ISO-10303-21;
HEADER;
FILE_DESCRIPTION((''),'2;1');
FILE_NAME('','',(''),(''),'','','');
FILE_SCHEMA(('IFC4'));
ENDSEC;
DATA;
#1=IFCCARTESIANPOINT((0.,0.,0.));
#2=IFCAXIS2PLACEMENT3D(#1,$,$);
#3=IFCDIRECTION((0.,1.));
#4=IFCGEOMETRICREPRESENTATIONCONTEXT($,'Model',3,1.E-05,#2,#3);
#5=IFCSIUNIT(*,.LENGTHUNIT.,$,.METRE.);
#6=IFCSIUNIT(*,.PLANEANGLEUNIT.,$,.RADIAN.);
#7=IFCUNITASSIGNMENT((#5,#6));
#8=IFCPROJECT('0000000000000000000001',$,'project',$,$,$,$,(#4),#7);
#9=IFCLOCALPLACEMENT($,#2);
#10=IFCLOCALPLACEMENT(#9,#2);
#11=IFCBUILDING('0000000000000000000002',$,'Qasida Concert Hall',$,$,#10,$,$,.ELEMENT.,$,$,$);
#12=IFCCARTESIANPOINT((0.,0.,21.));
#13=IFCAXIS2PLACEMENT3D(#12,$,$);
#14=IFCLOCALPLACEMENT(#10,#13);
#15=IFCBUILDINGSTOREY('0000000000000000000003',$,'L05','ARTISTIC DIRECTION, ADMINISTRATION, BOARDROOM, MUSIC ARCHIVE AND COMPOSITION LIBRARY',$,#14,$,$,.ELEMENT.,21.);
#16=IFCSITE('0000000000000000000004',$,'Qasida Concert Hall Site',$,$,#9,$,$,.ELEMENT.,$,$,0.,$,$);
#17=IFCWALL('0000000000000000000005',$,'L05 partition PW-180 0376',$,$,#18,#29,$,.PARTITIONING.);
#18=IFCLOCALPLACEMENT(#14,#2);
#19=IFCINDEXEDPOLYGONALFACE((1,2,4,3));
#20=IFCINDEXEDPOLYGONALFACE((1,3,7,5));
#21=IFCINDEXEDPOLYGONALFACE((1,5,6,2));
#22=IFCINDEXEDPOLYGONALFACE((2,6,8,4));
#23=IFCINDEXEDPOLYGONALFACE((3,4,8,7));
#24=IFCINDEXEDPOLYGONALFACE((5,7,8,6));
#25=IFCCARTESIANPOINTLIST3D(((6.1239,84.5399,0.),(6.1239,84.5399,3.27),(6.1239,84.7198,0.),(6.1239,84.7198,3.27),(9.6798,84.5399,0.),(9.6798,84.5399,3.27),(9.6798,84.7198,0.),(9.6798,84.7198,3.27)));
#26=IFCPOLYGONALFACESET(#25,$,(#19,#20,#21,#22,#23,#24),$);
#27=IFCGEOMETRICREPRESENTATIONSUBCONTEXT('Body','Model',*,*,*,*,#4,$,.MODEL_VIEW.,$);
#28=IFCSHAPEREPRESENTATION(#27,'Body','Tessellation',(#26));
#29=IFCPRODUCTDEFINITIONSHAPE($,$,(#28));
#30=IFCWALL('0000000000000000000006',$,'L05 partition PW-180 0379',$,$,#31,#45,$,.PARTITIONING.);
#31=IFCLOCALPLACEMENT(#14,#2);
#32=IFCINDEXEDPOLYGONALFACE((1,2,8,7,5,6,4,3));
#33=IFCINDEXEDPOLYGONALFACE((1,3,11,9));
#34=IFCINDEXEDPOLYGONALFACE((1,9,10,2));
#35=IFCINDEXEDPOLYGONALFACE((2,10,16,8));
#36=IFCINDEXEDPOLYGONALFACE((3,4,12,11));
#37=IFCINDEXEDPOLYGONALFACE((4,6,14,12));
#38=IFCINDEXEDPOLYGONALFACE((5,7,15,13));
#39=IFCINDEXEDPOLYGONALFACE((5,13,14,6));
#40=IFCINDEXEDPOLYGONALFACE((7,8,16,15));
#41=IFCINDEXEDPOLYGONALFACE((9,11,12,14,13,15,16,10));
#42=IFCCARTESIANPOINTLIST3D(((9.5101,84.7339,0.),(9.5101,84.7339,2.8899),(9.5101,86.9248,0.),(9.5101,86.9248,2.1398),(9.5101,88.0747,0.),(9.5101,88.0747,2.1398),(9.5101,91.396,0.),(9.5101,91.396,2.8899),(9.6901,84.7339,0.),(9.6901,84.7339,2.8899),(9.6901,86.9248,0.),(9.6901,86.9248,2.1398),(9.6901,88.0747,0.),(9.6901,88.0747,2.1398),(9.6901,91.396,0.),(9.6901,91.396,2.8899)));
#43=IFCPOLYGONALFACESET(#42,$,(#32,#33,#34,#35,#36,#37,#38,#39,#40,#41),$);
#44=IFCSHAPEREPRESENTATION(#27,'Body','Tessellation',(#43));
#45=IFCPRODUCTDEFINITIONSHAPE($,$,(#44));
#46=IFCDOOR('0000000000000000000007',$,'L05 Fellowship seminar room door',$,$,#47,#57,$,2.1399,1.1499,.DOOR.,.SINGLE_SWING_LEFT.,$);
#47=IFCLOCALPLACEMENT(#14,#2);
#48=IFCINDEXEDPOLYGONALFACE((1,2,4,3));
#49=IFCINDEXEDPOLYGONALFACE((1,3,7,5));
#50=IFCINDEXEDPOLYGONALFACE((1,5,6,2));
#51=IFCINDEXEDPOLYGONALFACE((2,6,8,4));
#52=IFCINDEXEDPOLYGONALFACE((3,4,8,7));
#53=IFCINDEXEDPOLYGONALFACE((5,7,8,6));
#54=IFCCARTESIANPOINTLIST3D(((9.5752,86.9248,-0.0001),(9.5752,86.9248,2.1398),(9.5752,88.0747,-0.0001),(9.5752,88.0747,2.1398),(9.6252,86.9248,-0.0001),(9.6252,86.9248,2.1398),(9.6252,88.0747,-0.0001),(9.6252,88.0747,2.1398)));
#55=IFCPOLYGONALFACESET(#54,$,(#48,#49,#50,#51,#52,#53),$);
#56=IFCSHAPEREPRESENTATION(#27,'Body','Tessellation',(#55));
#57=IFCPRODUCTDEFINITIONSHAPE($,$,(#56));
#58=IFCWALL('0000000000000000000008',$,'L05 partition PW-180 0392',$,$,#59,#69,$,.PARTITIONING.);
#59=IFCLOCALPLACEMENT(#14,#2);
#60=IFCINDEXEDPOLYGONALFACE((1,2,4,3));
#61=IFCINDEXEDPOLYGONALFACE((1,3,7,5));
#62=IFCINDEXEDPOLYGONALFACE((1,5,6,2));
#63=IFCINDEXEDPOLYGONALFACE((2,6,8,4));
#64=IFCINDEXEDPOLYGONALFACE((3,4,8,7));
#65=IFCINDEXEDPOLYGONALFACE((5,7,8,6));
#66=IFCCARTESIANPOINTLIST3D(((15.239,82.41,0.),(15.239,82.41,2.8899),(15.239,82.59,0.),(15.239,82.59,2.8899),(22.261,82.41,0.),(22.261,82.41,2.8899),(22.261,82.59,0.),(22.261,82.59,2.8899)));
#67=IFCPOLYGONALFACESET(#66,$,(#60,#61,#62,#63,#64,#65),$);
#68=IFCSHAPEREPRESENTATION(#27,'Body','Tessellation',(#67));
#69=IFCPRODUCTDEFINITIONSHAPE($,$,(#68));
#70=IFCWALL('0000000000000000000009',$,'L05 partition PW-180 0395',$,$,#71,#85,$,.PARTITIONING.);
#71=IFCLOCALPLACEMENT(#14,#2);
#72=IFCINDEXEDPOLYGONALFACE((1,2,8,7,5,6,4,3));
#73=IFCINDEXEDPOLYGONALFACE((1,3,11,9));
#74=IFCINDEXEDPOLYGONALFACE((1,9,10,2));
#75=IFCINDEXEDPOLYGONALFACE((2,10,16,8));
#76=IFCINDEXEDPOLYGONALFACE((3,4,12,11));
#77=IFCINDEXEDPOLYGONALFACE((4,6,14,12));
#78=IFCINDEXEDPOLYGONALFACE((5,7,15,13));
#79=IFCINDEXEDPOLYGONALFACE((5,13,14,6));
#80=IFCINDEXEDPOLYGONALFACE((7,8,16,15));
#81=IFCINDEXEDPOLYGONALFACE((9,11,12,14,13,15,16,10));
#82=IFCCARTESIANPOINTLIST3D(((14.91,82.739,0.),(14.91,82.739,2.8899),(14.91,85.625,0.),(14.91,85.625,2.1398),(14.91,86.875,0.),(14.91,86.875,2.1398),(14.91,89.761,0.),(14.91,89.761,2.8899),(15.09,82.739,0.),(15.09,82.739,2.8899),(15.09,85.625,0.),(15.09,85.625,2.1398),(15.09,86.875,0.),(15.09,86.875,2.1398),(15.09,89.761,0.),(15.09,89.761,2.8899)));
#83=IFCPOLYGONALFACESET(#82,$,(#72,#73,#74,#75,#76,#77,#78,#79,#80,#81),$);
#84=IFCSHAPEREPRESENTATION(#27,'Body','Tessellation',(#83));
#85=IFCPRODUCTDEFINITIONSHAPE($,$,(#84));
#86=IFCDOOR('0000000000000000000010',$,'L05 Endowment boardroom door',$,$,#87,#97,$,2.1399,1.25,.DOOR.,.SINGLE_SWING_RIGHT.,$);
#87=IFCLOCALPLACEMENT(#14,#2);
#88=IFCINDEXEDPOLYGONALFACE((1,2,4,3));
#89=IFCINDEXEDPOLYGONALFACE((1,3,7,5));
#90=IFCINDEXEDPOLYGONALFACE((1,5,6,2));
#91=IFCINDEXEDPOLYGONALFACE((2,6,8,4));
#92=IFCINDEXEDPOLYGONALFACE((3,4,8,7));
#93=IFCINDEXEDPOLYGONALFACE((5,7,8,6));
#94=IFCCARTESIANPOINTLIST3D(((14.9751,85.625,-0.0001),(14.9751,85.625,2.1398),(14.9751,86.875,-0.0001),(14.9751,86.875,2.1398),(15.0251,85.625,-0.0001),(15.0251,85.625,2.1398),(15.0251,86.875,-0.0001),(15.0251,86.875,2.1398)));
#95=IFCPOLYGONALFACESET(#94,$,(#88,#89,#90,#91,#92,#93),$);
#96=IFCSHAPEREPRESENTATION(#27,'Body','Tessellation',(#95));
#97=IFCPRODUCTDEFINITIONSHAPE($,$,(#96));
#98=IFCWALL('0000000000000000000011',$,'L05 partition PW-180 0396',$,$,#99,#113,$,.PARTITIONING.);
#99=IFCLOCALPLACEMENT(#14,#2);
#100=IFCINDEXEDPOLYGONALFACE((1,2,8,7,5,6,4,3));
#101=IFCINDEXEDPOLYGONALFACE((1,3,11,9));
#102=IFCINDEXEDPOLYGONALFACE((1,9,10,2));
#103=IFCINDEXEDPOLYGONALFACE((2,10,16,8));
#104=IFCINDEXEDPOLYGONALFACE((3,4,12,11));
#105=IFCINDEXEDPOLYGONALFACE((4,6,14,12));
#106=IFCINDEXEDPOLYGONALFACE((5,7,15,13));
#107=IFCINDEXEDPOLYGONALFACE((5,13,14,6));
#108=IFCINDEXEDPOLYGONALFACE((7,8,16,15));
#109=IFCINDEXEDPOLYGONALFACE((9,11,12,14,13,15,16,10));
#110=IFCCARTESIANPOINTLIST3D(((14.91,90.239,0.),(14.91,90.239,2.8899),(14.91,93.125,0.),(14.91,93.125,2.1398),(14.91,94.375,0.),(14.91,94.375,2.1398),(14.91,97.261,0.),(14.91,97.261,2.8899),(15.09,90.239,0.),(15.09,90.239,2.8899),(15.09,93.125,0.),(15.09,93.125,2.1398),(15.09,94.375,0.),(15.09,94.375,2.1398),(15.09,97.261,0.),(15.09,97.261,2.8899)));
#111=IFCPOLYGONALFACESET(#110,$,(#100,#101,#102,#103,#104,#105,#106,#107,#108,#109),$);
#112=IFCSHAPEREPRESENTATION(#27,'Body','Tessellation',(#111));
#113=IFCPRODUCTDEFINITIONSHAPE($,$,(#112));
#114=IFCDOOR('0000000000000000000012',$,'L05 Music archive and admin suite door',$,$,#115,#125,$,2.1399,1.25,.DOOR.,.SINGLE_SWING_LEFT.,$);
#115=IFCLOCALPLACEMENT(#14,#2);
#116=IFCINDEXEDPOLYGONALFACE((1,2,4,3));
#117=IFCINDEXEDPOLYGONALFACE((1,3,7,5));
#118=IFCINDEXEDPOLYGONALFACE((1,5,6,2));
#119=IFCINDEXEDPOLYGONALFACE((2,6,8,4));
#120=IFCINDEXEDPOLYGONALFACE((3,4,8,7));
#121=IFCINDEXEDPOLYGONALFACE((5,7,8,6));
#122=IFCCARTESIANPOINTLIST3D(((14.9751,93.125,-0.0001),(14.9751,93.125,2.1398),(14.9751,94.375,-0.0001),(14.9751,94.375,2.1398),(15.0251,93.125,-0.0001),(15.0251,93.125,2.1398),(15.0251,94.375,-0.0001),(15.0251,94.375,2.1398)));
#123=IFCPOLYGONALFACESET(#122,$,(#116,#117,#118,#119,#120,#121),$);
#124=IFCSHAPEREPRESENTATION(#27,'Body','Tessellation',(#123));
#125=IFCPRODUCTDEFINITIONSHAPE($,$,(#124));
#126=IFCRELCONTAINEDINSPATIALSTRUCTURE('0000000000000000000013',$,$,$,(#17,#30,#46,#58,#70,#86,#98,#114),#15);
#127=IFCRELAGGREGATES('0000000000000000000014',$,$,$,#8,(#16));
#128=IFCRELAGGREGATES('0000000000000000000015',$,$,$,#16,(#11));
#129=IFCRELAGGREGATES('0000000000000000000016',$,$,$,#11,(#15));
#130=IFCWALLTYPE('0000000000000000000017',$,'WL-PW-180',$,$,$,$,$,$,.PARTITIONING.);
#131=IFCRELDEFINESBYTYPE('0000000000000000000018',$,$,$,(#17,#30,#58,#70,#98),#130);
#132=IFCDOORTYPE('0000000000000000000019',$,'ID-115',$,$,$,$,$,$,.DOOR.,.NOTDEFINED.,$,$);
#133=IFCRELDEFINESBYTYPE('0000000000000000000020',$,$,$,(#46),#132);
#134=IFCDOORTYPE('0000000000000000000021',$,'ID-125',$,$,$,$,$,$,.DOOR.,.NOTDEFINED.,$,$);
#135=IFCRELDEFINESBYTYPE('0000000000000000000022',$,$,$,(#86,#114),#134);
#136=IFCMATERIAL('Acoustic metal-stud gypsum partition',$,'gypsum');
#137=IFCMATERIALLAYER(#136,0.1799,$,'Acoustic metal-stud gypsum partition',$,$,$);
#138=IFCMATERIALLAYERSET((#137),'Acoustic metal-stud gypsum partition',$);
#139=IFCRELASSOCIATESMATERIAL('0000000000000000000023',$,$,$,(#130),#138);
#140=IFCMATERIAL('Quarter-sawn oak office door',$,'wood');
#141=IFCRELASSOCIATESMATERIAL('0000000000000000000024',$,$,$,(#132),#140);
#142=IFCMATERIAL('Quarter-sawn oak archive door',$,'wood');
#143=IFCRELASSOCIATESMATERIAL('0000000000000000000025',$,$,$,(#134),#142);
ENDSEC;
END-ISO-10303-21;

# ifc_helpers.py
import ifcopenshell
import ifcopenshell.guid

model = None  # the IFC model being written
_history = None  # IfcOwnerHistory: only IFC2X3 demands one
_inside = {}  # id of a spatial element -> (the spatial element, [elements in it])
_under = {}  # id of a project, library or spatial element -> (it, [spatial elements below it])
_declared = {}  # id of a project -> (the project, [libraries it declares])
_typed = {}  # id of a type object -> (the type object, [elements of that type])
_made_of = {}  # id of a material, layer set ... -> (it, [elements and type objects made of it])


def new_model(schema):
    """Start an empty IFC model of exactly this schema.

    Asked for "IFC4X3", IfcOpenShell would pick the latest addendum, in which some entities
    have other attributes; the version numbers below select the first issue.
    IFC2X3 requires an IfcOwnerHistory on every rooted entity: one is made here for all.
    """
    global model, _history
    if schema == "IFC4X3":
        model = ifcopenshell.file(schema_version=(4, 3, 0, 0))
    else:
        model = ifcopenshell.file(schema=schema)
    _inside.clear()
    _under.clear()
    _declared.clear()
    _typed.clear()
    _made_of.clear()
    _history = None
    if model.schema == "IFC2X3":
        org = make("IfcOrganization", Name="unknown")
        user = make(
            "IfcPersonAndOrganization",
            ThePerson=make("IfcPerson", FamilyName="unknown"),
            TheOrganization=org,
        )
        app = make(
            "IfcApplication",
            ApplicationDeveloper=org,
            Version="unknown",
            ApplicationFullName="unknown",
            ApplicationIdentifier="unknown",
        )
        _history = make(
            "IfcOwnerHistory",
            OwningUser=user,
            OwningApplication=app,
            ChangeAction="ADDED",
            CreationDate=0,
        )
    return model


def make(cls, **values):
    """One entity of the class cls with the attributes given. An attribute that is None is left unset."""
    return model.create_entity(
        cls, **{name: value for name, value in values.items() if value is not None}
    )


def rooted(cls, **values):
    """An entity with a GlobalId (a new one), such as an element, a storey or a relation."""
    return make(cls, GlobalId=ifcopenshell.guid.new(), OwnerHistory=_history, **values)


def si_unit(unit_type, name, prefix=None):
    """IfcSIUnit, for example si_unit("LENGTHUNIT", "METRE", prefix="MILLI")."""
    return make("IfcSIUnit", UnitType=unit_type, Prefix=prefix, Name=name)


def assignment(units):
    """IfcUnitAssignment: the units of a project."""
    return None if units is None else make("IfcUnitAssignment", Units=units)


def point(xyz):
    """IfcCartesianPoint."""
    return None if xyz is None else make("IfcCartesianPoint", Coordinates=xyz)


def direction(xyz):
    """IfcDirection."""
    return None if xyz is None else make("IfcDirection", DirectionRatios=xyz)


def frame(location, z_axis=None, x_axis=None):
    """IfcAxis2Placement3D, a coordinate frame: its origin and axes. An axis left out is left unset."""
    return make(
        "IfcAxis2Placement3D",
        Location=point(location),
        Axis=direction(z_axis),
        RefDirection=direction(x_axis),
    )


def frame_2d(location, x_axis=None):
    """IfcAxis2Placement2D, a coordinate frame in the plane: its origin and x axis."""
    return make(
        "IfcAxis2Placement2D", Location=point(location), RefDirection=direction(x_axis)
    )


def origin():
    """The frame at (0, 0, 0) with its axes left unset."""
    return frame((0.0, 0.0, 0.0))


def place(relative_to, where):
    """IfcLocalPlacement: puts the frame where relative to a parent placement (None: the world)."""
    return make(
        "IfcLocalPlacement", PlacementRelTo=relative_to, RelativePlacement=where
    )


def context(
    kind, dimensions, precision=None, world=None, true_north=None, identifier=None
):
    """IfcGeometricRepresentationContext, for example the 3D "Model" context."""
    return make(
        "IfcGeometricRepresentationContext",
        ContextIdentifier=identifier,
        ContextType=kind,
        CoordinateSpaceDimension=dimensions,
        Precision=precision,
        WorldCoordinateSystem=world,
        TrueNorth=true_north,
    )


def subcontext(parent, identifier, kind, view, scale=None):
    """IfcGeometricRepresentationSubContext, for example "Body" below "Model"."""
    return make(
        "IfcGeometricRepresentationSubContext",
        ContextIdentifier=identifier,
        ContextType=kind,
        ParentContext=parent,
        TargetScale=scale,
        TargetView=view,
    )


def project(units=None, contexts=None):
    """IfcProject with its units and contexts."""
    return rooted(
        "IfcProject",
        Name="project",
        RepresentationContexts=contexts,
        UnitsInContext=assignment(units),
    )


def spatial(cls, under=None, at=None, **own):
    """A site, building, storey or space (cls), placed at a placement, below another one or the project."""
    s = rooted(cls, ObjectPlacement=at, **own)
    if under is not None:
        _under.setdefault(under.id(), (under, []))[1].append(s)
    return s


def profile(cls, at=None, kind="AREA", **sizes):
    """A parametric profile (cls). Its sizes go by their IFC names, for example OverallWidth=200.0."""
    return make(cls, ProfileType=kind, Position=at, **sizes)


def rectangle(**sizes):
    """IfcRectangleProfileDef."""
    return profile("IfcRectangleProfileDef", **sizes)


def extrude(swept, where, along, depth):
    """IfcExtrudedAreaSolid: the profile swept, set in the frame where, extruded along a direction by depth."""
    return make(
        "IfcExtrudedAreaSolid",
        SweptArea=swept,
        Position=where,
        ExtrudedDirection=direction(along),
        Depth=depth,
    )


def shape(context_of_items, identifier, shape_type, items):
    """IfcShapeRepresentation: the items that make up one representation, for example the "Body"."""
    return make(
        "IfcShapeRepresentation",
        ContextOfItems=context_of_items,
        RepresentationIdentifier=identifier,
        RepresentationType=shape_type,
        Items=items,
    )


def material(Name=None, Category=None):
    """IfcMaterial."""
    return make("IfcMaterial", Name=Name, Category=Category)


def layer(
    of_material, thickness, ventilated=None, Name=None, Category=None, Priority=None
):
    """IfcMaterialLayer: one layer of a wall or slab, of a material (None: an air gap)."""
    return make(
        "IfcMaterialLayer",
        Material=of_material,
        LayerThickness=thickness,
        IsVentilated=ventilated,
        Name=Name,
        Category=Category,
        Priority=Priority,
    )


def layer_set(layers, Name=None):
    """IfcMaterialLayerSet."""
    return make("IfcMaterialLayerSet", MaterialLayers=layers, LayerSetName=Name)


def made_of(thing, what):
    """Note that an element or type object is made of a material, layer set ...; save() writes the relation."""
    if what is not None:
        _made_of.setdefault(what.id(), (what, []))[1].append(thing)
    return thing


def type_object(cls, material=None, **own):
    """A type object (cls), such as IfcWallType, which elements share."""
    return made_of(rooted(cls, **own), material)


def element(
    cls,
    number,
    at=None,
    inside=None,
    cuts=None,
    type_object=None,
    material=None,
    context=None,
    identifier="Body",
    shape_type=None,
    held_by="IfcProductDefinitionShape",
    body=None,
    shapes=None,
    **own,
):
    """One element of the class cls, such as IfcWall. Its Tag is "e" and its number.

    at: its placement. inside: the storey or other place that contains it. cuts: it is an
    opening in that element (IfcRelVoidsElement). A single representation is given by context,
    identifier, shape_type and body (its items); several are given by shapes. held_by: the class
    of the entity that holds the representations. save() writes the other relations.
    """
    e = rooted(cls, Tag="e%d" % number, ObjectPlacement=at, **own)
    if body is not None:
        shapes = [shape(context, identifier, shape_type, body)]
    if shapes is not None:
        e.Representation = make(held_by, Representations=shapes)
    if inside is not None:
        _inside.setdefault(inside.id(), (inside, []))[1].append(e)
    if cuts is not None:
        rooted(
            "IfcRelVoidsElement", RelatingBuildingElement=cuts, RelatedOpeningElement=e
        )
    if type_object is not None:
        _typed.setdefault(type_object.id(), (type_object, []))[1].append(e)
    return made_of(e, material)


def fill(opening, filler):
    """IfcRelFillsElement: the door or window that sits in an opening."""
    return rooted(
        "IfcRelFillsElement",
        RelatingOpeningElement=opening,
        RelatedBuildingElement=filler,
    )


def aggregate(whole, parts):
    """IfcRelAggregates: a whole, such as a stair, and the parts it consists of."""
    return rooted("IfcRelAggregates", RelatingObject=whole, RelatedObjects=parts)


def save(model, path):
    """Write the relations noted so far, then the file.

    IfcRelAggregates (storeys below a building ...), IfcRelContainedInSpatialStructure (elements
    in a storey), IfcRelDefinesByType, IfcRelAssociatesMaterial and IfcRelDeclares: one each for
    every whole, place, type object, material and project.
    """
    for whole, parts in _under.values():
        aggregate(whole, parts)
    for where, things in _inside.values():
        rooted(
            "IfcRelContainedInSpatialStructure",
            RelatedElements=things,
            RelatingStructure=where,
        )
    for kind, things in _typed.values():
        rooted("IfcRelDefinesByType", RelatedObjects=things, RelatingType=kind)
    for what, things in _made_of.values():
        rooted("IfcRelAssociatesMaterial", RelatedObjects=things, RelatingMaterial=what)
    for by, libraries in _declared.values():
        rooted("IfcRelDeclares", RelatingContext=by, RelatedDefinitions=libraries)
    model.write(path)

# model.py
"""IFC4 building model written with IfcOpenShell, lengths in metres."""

from ifc_helpers import new_model, si_unit, direction, frame, frame_2d, origin, place, context, subcontext, project, spatial, rectangle, extrude, material, layer, layer_set, type_object, element, fill, save


model = new_model("IFC4")

# Units and contexts
model_context = context("Model", 3, precision=1e-05, world=origin(), true_north=direction((0.0, 1.0)))
body_context = subcontext(model_context, "Body", "Model", "MODEL_VIEW")
ifc_project = project(units=[si_unit("LENGTHUNIT", "METRE"), si_unit("PLANEANGLEUNIT", "RADIAN")], contexts=[model_context])

# Site, building, storey
site_placement = place(None, origin())
site = spatial("IfcSite", under=ifc_project, at=site_placement, Name="Qasida Concert Hall Site", CompositionType="ELEMENT", RefElevation=0.0)
building_placement = place(site_placement, origin())
building = spatial("IfcBuilding", under=site, at=building_placement, Name="Qasida Concert Hall", CompositionType="ELEMENT")
storey_placement = place(building_placement, frame((0.0, 0.0, 21.0)))
storey = spatial("IfcBuildingStorey", under=building, at=storey_placement, Name="L05", Description="ARTISTIC DIRECTION, ADMINISTRATION, BOARDROOM, MUSIC ARCHIVE AND COMPOSITION LIBRARY", CompositionType="ELEMENT", Elevation=21.0)

# Wall
ifc_material_1 = material(Name="Acoustic metal-stud gypsum partition", Category="gypsum")
ifc_layer_1 = layer(ifc_material_1, 0.1799, Name="Acoustic metal-stud gypsum partition")
ifc_layer_set_1 = layer_set([ifc_layer_1], Name="Acoustic metal-stud gypsum partition")
wall_type_1 = type_object("IfcWallType", Name="WL-PW-180", PredefinedType="PARTITIONING", material=ifc_layer_set_1)
wall_1_placement = place(storey_placement, frame((6.124, 84.6299, 0.0), z_axis=(0.0, 0.0, 1.0), x_axis=(1.0, 0.0, 0.0)))
element("IfcWall", 1, at=wall_1_placement, inside=storey, type_object=wall_type_1, Name="L05 partition PW-180 0376", PredefinedType="PARTITIONING", context=body_context, shape_type="SweptSolid", body=[
    extrude(rectangle(XDim=3.5559, YDim=0.1799, at=frame_2d((1.7778, 0.0))), origin(), (0.0, 0.0, 1.0), 3.27),
])

# Wall, opening, door
wall_2_placement = place(storey_placement, frame((9.6001, 84.7339, 0.0), z_axis=(0.0, 0.0, 1.0), x_axis=(0.0, 1.0, 0.0)))
wall_2 = element("IfcWall", 2, at=wall_2_placement, inside=storey, type_object=wall_type_1, Name="L05 partition PW-180 0379", PredefinedType="PARTITIONING", context=body_context, shape_type="SweptSolid", body=[
    extrude(rectangle(XDim=6.6621, YDim=0.1799, at=frame_2d((3.3311, 0.0))), origin(), (0.0, 0.0, 1.0), 2.8899),
])
opening_1_placement = place(wall_2_placement, frame((2.1909, 0.0, 0.0)))
opening_1 = element("IfcOpeningElement", 3, at=opening_1_placement, cuts=wall_2, PredefinedType="OPENING", context=body_context, shape_type="SweptSolid", body=[
    extrude(rectangle(XDim=1.1499, YDim=2.1399, at=frame_2d((0.575, 1.0698))), frame((0.0, 0.0999, 0.0), z_axis=(0.0, -1.0, 0.0), x_axis=(1.0, 0.0, 0.0)), (0.0, 0.0, 1.0), 0.2),
])
ifc_material_2 = material(Name="Quarter-sawn oak office door", Category="wood")
door_type_1 = type_object("IfcDoorType", Name="ID-115", OperationType="NOTDEFINED", PredefinedType="DOOR", material=ifc_material_2)
door_1_placement = place(opening_1_placement, origin())
door_1 = element("IfcDoor", 4, at=door_1_placement, inside=storey, type_object=door_type_1, Name="L05 Fellowship seminar room door", OperationType="SINGLE_SWING_LEFT", OverallHeight=2.1399, OverallWidth=1.1499, PredefinedType="DOOR", context=body_context, shape_type="SweptSolid", body=[
    extrude(rectangle(XDim=1.1499, YDim=2.1399, at=frame_2d((0.575, 1.0698))), frame((0.0, 0.0249, 0.0), z_axis=(0.0, -1.0, 0.0), x_axis=(1.0, 0.0, 0.0)), (0.0, 0.0, 1.0), 0.05),
])
fill(opening_1, door_1)

# Wall
wall_3_placement = place(storey_placement, frame((15.239, 82.5, 0.0), z_axis=(0.0, 0.0, 1.0), x_axis=(1.0, 0.0, 0.0)))
element("IfcWall", 5, at=wall_3_placement, inside=storey, type_object=wall_type_1, Name="L05 partition PW-180 0392", PredefinedType="PARTITIONING", context=body_context, shape_type="SweptSolid", body=[
    extrude(rectangle(XDim=7.022, YDim=0.1799, at=frame_2d((3.511, 0.0))), origin(), (0.0, 0.0, 1.0), 2.8899),
])

# Walls, openings, doors
wall_4_placement = place(storey_placement, frame((15.0, 82.739, 0.0), z_axis=(0.0, 0.0, 1.0), x_axis=(0.0, 1.0, 0.0)))
wall_4 = element("IfcWall", 6, at=wall_4_placement, inside=storey, type_object=wall_type_1, Name="L05 partition PW-180 0395", PredefinedType="PARTITIONING", context=body_context, shape_type="SweptSolid", body=[
    extrude(rectangle(XDim=7.022, YDim=0.1799, at=frame_2d((3.511, 0.0))), origin(), (0.0, 0.0, 1.0), 2.8899),
])
opening_2_placement = place(wall_4_placement, frame((2.886, 0.0, 0.0)))
opening_2 = element("IfcOpeningElement", 7, at=opening_2_placement, cuts=wall_4, PredefinedType="OPENING", context=body_context, shape_type="SweptSolid", body=[
    extrude(rectangle(XDim=1.25, YDim=2.1399, at=frame_2d((0.625, 1.0698))), frame((0.0, 0.0999, 0.0), z_axis=(0.0, -1.0, 0.0), x_axis=(1.0, 0.0, 0.0)), (0.0, 0.0, 1.0), 0.2),
])
ifc_material_3 = material(Name="Quarter-sawn oak archive door", Category="wood")
door_type_2 = type_object("IfcDoorType", Name="ID-125", OperationType="NOTDEFINED", PredefinedType="DOOR", material=ifc_material_3)
door_2_placement = place(opening_2_placement, origin())
door_2 = element("IfcDoor", 8, at=door_2_placement, inside=storey, type_object=door_type_2, Name="L05 Endowment boardroom door", OperationType="SINGLE_SWING_RIGHT", OverallHeight=2.1399, OverallWidth=1.25, PredefinedType="DOOR", context=body_context, shape_type="SweptSolid", body=[
    extrude(rectangle(XDim=1.25, YDim=2.1399, at=frame_2d((0.625, 1.0698))), frame((0.0, 0.0249, 0.0), z_axis=(0.0, -1.0, 0.0), x_axis=(1.0, 0.0, 0.0)), (0.0, 0.0, 1.0), 0.05),
])
fill(opening_2, door_2)
wall_5_placement = place(storey_placement, frame((15.0, 90.239, 0.0), z_axis=(0.0, 0.0, 1.0), x_axis=(0.0, 1.0, 0.0)))
wall_5 = element("IfcWall", 9, at=wall_5_placement, inside=storey, type_object=wall_type_1, Name="L05 partition PW-180 0396", PredefinedType="PARTITIONING", context=body_context, shape_type="SweptSolid", body=[
    extrude(rectangle(XDim=7.022, YDim=0.1799, at=frame_2d((3.511, 0.0))), origin(), (0.0, 0.0, 1.0), 2.8899),
])
opening_3_placement = place(wall_5_placement, frame((2.886, 0.0, 0.0)))
opening_3 = element("IfcOpeningElement", 10, at=opening_3_placement, cuts=wall_5, PredefinedType="OPENING", context=body_context, shape_type="SweptSolid", body=[
    extrude(rectangle(XDim=1.25, YDim=2.1399, at=frame_2d((0.625, 1.0698))), frame((0.0, 0.0999, 0.0), z_axis=(0.0, -1.0, 0.0), x_axis=(1.0, 0.0, 0.0)), (0.0, 0.0, 1.0), 0.2),
])
door_3_placement = place(opening_3_placement, origin())
door_3 = element("IfcDoor", 11, at=door_3_placement, inside=storey, type_object=door_type_2, Name="L05 Music archive and admin suite door", OperationType="SINGLE_SWING_LEFT", OverallHeight=2.1399, OverallWidth=1.25, PredefinedType="DOOR", context=body_context, shape_type="SweptSolid", body=[
    extrude(rectangle(XDim=1.25, YDim=2.1399, at=frame_2d((0.625, 1.0698))), frame((0.0, 0.0249, 0.0), z_axis=(0.0, -1.0, 0.0), x_axis=(1.0, 0.0, 0.0)), (0.0, 0.0, 1.0), 0.05),
])
fill(opening_3, door_3)

save(model, "model.ifc")
